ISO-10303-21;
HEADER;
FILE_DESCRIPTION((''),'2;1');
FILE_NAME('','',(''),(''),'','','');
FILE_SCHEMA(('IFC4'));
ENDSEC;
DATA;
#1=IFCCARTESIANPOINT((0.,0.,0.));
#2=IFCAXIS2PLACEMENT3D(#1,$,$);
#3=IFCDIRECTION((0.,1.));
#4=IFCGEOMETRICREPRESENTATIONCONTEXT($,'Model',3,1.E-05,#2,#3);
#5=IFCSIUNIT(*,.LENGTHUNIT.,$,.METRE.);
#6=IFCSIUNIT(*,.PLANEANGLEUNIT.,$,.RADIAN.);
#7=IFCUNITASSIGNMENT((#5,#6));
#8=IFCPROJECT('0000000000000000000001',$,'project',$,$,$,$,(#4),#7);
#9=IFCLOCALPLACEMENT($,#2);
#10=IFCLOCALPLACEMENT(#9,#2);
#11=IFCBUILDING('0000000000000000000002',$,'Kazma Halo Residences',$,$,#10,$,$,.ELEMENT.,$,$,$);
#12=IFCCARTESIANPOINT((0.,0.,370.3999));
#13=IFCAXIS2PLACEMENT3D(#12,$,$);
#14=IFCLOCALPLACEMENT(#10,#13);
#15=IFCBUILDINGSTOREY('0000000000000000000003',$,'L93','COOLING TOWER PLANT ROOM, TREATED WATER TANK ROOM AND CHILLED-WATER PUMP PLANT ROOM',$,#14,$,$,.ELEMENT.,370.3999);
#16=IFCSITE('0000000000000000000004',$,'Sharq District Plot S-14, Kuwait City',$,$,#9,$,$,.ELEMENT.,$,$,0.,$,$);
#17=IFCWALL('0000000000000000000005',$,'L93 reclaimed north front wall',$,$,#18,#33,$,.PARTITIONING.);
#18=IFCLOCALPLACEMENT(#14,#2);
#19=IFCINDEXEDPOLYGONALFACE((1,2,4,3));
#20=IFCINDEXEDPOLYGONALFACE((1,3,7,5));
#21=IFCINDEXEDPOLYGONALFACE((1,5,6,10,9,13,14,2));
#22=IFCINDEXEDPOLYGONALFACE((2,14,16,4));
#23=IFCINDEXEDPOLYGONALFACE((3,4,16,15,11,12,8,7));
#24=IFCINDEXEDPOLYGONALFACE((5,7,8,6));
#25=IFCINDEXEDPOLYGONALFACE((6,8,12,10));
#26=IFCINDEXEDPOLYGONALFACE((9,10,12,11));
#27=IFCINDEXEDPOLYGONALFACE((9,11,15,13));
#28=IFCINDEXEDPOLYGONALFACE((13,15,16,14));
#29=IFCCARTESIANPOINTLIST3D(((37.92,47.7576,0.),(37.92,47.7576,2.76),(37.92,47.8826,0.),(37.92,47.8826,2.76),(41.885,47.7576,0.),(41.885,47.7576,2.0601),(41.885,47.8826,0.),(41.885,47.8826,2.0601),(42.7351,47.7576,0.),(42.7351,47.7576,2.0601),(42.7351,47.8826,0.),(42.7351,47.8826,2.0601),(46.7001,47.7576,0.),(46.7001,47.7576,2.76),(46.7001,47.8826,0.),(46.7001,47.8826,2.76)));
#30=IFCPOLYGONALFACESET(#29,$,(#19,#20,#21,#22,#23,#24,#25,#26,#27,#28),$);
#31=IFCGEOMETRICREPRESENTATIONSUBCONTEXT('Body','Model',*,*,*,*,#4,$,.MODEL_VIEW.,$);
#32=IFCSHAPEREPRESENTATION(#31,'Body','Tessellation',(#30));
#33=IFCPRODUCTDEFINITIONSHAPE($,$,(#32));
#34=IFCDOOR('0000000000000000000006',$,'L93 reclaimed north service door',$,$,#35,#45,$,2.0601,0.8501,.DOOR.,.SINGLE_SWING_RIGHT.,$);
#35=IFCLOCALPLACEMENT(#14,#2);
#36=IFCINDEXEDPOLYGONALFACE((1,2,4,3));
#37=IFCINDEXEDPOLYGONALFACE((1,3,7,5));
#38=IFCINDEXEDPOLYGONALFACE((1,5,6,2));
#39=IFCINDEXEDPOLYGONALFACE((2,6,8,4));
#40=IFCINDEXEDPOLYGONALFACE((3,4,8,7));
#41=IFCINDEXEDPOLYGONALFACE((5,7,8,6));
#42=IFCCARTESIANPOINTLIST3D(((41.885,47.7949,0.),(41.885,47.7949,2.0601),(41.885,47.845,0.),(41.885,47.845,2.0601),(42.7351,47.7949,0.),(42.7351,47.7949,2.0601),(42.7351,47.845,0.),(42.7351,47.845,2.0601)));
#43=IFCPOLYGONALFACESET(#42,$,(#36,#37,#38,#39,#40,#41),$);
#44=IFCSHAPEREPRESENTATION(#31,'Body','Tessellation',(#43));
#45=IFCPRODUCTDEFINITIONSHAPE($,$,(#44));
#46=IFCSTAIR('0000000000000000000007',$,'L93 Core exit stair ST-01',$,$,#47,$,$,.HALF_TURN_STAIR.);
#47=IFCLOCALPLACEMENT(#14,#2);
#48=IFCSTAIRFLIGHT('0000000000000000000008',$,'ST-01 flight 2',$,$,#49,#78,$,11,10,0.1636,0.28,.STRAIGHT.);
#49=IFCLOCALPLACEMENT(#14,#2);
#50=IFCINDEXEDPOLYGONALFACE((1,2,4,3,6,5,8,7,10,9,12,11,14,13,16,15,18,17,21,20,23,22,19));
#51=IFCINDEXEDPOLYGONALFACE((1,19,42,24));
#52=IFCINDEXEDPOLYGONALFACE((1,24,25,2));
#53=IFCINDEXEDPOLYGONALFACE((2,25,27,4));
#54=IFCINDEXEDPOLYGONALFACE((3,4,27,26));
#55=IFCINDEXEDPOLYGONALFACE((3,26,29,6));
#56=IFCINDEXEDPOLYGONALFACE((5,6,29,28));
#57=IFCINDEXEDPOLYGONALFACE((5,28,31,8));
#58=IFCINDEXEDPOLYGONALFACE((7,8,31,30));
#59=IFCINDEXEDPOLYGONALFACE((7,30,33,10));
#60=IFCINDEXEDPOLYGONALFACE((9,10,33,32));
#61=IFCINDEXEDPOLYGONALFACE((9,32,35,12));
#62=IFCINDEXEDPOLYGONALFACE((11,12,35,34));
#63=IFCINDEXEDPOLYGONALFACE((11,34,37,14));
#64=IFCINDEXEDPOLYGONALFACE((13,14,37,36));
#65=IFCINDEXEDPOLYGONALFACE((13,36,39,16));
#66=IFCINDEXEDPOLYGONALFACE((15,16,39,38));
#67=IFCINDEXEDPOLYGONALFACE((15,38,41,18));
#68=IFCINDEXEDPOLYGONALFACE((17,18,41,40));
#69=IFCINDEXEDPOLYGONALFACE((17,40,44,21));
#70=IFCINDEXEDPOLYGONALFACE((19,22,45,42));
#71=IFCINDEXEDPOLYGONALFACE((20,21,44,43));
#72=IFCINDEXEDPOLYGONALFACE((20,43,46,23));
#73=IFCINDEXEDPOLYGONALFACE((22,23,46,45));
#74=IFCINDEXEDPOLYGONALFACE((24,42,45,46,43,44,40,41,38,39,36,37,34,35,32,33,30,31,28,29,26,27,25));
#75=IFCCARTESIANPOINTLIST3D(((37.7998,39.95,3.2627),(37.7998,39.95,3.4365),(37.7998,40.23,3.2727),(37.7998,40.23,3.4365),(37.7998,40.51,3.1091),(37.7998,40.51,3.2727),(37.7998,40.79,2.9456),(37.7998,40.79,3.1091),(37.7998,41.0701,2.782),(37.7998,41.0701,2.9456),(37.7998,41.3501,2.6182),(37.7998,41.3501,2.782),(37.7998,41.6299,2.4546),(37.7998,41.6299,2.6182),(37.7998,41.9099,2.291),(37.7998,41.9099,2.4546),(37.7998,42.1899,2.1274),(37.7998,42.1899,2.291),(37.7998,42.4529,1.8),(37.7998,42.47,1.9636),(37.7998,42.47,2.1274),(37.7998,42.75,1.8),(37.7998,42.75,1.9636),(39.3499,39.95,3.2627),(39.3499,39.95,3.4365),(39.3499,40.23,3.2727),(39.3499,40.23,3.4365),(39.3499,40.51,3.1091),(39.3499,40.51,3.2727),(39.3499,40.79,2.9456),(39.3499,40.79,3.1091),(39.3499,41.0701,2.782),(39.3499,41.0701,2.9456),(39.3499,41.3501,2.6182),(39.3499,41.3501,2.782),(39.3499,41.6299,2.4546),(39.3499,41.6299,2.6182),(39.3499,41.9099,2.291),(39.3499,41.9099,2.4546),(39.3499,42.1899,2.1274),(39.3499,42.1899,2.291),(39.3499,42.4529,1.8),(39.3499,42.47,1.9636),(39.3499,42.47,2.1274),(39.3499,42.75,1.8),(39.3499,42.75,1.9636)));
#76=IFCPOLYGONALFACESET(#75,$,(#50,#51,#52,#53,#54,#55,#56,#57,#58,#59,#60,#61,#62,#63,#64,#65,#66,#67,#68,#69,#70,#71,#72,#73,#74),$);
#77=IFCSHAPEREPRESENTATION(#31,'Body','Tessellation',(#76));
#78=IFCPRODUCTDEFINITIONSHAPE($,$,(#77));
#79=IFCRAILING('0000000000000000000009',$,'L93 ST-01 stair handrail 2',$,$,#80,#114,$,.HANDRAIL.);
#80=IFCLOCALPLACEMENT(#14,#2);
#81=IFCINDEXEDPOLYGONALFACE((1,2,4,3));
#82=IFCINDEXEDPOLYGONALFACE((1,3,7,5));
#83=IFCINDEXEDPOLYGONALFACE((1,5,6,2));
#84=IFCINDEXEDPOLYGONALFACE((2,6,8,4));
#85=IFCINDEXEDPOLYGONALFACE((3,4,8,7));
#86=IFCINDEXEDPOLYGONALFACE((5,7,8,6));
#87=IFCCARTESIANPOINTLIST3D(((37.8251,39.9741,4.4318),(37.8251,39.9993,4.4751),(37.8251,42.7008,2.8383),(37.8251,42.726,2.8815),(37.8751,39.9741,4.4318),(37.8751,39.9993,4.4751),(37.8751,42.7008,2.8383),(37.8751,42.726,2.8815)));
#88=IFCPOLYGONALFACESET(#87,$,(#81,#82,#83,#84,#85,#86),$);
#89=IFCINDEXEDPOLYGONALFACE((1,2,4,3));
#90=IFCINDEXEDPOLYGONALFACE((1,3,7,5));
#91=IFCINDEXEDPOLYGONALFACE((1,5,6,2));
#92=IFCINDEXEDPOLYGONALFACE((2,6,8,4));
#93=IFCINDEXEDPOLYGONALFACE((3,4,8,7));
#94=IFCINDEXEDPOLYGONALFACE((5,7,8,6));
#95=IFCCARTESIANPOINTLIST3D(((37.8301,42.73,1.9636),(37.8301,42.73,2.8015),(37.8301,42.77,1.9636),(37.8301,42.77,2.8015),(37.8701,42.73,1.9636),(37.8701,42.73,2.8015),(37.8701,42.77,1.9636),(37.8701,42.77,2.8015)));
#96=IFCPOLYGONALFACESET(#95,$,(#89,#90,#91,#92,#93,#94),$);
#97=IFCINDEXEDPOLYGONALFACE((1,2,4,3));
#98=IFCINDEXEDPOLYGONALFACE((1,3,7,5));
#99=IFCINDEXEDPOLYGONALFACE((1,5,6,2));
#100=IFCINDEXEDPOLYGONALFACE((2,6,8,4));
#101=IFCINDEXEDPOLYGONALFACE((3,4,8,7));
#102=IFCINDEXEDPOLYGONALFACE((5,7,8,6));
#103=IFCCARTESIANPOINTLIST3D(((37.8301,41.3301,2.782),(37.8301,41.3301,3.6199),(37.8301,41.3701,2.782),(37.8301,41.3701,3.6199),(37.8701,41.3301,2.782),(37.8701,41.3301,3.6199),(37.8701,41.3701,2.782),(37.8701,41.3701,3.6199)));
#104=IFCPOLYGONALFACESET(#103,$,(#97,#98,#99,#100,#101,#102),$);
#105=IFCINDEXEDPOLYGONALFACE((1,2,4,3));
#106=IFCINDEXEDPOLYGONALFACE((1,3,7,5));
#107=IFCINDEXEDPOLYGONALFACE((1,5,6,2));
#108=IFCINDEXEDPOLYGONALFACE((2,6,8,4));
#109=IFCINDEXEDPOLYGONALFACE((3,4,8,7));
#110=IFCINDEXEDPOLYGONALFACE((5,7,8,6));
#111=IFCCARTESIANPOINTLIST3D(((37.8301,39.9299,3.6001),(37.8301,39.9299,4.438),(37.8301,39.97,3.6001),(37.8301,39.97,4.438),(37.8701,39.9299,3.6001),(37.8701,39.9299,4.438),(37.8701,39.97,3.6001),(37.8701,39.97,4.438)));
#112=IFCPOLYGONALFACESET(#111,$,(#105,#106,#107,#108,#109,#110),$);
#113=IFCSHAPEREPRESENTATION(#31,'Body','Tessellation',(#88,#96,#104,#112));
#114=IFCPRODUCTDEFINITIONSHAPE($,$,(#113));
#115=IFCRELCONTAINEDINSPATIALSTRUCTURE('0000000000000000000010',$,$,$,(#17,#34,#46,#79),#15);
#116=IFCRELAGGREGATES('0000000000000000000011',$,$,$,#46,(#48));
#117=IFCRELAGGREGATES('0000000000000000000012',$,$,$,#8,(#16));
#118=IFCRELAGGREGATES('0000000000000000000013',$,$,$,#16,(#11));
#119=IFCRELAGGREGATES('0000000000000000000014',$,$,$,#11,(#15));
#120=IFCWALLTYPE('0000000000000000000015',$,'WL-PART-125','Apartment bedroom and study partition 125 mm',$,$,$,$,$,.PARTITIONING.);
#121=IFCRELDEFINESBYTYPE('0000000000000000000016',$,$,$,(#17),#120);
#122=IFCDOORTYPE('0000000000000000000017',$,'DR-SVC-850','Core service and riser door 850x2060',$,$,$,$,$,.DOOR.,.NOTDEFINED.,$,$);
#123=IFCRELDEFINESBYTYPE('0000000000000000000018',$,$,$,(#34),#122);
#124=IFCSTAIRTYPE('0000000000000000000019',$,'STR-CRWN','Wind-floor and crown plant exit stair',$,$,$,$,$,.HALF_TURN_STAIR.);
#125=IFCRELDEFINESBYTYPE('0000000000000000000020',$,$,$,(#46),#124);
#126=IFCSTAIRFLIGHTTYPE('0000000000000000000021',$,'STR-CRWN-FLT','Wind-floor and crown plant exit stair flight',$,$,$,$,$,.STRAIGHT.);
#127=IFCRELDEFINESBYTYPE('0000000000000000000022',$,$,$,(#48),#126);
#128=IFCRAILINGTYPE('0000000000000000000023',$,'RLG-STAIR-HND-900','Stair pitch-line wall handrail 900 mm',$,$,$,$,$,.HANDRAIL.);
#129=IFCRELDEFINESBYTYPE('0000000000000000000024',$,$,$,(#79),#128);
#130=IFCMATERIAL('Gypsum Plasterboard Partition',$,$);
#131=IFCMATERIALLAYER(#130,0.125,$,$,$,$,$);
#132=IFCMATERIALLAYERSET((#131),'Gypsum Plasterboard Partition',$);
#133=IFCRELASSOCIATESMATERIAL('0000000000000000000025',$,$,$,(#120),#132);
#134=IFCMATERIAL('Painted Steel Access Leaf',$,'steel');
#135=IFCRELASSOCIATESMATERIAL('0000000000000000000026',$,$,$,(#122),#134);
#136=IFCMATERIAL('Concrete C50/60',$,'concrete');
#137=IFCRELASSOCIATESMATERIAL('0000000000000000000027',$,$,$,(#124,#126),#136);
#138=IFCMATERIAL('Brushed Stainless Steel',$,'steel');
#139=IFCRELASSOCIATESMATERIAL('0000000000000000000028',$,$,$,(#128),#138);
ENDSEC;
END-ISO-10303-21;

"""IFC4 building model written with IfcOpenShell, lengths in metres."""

from ifc_helpers import new_model, si_unit, direction, frame, frame_2d, origin, origin_2d, place, context, subcontext, project, spatial, polyline, rectangle, outline, extrude, material, layer, layer_set, type_object, element, fill, aggregate, save


model = new_model("IFC4")

# Units and contexts
model_context = context("Model", 3, precision=1e-05, world=origin(), true_north=direction((0.0, 1.0)))
body_context = subcontext(model_context, "Body", "Model", "MODEL_VIEW")
ifc_project = project(units=[si_unit("LENGTHUNIT", "METRE"), si_unit("PLANEANGLEUNIT", "RADIAN")], contexts=[model_context])

# Site, building, storey
site_placement = place(None, origin())
site = spatial("IfcSite", under=ifc_project, at=site_placement, Name="Sharq District Plot S-14, Kuwait City", CompositionType="ELEMENT", RefElevation=0.0)
building_placement = place(site_placement, origin())
building = spatial("IfcBuilding", under=site, at=building_placement, Name="Kazma Halo Residences", CompositionType="ELEMENT")
storey_placement = place(building_placement, frame((0.0, 0.0, 370.3999)))
storey = spatial("IfcBuildingStorey", under=building, at=storey_placement, Name="L93", Description="COOLING TOWER PLANT ROOM, TREATED WATER TANK ROOM AND CHILLED-WATER PUMP PLANT ROOM", CompositionType="ELEMENT", Elevation=370.3999)

# Wall, opening, door
ifc_material_1 = material(Name="Gypsum Plasterboard Partition")
ifc_layer_1 = layer(ifc_material_1, 0.125)
ifc_layer_set_1 = layer_set([ifc_layer_1], Name="Gypsum Plasterboard Partition")
wall_type_1 = type_object("IfcWallType", Name="WL-PART-125", Description="Apartment bedroom and study partition 125 mm", PredefinedType="PARTITIONING", material=ifc_layer_set_1)
wall_1_placement = place(storey_placement, frame((37.9199, 47.8201, 0.0), z_axis=(0.0, 0.0, 1.0), x_axis=(1.0, 0.0, 0.0)))
wall_1 = element("IfcWall", 1, at=wall_1_placement, inside=storey, type_object=wall_type_1, Name="L93 reclaimed north front wall", PredefinedType="PARTITIONING", context=body_context, shape_type="SweptSolid", body=[
    extrude(rectangle(XDim=8.78, YDim=0.125, at=frame_2d((4.3901, 0.0))), origin(), (0.0, 0.0, 1.0), 2.76),
])
opening_placement = place(wall_1_placement, frame((3.9651, 0.0, 0.0)))
opening = element("IfcOpeningElement", 2, at=opening_placement, cuts=wall_1, PredefinedType="OPENING", context=body_context, shape_type="SweptSolid", body=[
    extrude(rectangle(XDim=0.8501, YDim=2.0601, at=frame_2d((0.425, 1.03))), frame((0.0, 0.0725, 0.0), z_axis=(0.0, -1.0, 0.0), x_axis=(1.0, 0.0, 0.0)), (0.0, 0.0, 1.0), 0.145),
])
ifc_material_2 = material(Name="Painted Steel Access Leaf", Category="steel")
door_type = type_object("IfcDoorType", Name="DR-SVC-850", Description="Core service and riser door 850x2060", OperationType="NOTDEFINED", PredefinedType="DOOR", material=ifc_material_2)
door_placement = place(opening_placement, origin())
door = element("IfcDoor", 3, at=door_placement, inside=storey, type_object=door_type, Name="L93 reclaimed north service door", OperationType="SINGLE_SWING_RIGHT", OverallHeight=2.0601, OverallWidth=0.8501, PredefinedType="DOOR", context=body_context, shape_type="SweptSolid", body=[
    extrude(rectangle(XDim=0.8501, YDim=2.0601, at=frame_2d((0.425, 1.03))), frame((0.0, 0.0249, 0.0), z_axis=(0.0, -1.0, 0.0), x_axis=(1.0, 0.0, 0.0)), (0.0, 0.0, 1.0), 0.05),
])
fill(opening, door)

# Stair, stair flight
ifc_material_3 = material(Name="Concrete C50/60", Category="concrete")
stair_type = type_object("IfcStairType", Name="STR-CRWN", Description="Wind-floor and crown plant exit stair", PredefinedType="HALF_TURN_STAIR", material=ifc_material_3)
stair_placement = place(storey_placement, origin())
stair = element("IfcStair", 4, at=stair_placement, inside=storey, type_object=stair_type, Name="L93 Core exit stair ST-01", PredefinedType="HALF_TURN_STAIR")
stair_flight_type = type_object("IfcStairFlightType", Name="STR-CRWN-FLT", Description="Wind-floor and crown plant exit stair flight", PredefinedType="STRAIGHT", material=ifc_material_3)
stair_flight_placement = place(storey_placement, frame((38.575, 42.75, 1.8), z_axis=(0.0, 0.0, 1.0), x_axis=(0.0, -1.0, 0.0)))
stair_flight = element("IfcStairFlight", 5, at=stair_flight_placement, type_object=stair_flight_type, Name="ST-01 flight 2", NumberOfRisers=11, NumberOfTreads=10, PredefinedType="STRAIGHT", RiserHeight=0.1636, TreadLength=0.28, context=body_context, shape_type="SweptSolid", body=[
    extrude(outline(polyline([(0.0, 0.0), (0.0, 0.1636), (0.28, 0.1636), (0.28, 0.3274), (0.5601, 0.3274), (0.5601, 0.491), (0.8401, 0.491), (0.8401, 0.6545), (1.1201, 0.6545), (1.1201, 0.8181), (1.3999, 0.8181), (1.3999, 0.9819), (1.6799, 0.9819), (1.6799, 1.1455), (1.96, 1.1455), (1.96, 1.3091), (2.24, 1.3091), (2.24, 1.4727), (2.52, 1.4727), (2.52, 1.6365), (2.8, 1.6365), (2.8, 1.8), (2.8, 1.4626), (0.2971, 0.0), (0.0, 0.0)])), frame((0.0, 0.7749, 0.0), z_axis=(0.0, -1.0, 0.0), x_axis=(1.0, 0.0, 0.0)), (0.0, 0.0, 1.0), 1.55),
])
aggregate(stair, [stair_flight])

# Railing
ifc_material_4 = material(Name="Brushed Stainless Steel", Category="steel")
railing_type = type_object("IfcRailingType", Name="RLG-STAIR-HND-900", Description="Stair pitch-line wall handrail 900 mm", PredefinedType="HANDRAIL", material=ifc_material_4)
railing_placement = place(storey_placement, frame((37.8501, 42.75, 1.9636)))
element("IfcRailing", 6, at=railing_placement, inside=storey, type_object=railing_type, Name="L93 ST-01 stair handrail 2", PredefinedType="HANDRAIL", context=body_context, shape_type="SweptSolid", body=[
    extrude(rectangle(XDim=0.05, YDim=0.05, at=origin_2d()), frame((0.0, -0.0366, 0.8962), z_axis=(0.0, -0.863361, 0.504587), x_axis=(1.0, 0.0, 0.0)), (0.0, 0.0, 1.0), 3.1582),
    extrude(rectangle(XDim=0.04, YDim=0.04, at=origin_2d()), origin(), (0.0, 0.0, 1.0), 0.8379),
    extrude(rectangle(XDim=0.04, YDim=0.04, at=origin_2d()), frame((0.0, -1.3999, 0.8184)), (0.0, 0.0, 1.0), 0.8379),
    extrude(rectangle(XDim=0.04, YDim=0.04, at=origin_2d()), frame((0.0, -2.8, 1.6365)), (0.0, 0.0, 1.0), 0.8379),
])

save(model, "model.ifc")
